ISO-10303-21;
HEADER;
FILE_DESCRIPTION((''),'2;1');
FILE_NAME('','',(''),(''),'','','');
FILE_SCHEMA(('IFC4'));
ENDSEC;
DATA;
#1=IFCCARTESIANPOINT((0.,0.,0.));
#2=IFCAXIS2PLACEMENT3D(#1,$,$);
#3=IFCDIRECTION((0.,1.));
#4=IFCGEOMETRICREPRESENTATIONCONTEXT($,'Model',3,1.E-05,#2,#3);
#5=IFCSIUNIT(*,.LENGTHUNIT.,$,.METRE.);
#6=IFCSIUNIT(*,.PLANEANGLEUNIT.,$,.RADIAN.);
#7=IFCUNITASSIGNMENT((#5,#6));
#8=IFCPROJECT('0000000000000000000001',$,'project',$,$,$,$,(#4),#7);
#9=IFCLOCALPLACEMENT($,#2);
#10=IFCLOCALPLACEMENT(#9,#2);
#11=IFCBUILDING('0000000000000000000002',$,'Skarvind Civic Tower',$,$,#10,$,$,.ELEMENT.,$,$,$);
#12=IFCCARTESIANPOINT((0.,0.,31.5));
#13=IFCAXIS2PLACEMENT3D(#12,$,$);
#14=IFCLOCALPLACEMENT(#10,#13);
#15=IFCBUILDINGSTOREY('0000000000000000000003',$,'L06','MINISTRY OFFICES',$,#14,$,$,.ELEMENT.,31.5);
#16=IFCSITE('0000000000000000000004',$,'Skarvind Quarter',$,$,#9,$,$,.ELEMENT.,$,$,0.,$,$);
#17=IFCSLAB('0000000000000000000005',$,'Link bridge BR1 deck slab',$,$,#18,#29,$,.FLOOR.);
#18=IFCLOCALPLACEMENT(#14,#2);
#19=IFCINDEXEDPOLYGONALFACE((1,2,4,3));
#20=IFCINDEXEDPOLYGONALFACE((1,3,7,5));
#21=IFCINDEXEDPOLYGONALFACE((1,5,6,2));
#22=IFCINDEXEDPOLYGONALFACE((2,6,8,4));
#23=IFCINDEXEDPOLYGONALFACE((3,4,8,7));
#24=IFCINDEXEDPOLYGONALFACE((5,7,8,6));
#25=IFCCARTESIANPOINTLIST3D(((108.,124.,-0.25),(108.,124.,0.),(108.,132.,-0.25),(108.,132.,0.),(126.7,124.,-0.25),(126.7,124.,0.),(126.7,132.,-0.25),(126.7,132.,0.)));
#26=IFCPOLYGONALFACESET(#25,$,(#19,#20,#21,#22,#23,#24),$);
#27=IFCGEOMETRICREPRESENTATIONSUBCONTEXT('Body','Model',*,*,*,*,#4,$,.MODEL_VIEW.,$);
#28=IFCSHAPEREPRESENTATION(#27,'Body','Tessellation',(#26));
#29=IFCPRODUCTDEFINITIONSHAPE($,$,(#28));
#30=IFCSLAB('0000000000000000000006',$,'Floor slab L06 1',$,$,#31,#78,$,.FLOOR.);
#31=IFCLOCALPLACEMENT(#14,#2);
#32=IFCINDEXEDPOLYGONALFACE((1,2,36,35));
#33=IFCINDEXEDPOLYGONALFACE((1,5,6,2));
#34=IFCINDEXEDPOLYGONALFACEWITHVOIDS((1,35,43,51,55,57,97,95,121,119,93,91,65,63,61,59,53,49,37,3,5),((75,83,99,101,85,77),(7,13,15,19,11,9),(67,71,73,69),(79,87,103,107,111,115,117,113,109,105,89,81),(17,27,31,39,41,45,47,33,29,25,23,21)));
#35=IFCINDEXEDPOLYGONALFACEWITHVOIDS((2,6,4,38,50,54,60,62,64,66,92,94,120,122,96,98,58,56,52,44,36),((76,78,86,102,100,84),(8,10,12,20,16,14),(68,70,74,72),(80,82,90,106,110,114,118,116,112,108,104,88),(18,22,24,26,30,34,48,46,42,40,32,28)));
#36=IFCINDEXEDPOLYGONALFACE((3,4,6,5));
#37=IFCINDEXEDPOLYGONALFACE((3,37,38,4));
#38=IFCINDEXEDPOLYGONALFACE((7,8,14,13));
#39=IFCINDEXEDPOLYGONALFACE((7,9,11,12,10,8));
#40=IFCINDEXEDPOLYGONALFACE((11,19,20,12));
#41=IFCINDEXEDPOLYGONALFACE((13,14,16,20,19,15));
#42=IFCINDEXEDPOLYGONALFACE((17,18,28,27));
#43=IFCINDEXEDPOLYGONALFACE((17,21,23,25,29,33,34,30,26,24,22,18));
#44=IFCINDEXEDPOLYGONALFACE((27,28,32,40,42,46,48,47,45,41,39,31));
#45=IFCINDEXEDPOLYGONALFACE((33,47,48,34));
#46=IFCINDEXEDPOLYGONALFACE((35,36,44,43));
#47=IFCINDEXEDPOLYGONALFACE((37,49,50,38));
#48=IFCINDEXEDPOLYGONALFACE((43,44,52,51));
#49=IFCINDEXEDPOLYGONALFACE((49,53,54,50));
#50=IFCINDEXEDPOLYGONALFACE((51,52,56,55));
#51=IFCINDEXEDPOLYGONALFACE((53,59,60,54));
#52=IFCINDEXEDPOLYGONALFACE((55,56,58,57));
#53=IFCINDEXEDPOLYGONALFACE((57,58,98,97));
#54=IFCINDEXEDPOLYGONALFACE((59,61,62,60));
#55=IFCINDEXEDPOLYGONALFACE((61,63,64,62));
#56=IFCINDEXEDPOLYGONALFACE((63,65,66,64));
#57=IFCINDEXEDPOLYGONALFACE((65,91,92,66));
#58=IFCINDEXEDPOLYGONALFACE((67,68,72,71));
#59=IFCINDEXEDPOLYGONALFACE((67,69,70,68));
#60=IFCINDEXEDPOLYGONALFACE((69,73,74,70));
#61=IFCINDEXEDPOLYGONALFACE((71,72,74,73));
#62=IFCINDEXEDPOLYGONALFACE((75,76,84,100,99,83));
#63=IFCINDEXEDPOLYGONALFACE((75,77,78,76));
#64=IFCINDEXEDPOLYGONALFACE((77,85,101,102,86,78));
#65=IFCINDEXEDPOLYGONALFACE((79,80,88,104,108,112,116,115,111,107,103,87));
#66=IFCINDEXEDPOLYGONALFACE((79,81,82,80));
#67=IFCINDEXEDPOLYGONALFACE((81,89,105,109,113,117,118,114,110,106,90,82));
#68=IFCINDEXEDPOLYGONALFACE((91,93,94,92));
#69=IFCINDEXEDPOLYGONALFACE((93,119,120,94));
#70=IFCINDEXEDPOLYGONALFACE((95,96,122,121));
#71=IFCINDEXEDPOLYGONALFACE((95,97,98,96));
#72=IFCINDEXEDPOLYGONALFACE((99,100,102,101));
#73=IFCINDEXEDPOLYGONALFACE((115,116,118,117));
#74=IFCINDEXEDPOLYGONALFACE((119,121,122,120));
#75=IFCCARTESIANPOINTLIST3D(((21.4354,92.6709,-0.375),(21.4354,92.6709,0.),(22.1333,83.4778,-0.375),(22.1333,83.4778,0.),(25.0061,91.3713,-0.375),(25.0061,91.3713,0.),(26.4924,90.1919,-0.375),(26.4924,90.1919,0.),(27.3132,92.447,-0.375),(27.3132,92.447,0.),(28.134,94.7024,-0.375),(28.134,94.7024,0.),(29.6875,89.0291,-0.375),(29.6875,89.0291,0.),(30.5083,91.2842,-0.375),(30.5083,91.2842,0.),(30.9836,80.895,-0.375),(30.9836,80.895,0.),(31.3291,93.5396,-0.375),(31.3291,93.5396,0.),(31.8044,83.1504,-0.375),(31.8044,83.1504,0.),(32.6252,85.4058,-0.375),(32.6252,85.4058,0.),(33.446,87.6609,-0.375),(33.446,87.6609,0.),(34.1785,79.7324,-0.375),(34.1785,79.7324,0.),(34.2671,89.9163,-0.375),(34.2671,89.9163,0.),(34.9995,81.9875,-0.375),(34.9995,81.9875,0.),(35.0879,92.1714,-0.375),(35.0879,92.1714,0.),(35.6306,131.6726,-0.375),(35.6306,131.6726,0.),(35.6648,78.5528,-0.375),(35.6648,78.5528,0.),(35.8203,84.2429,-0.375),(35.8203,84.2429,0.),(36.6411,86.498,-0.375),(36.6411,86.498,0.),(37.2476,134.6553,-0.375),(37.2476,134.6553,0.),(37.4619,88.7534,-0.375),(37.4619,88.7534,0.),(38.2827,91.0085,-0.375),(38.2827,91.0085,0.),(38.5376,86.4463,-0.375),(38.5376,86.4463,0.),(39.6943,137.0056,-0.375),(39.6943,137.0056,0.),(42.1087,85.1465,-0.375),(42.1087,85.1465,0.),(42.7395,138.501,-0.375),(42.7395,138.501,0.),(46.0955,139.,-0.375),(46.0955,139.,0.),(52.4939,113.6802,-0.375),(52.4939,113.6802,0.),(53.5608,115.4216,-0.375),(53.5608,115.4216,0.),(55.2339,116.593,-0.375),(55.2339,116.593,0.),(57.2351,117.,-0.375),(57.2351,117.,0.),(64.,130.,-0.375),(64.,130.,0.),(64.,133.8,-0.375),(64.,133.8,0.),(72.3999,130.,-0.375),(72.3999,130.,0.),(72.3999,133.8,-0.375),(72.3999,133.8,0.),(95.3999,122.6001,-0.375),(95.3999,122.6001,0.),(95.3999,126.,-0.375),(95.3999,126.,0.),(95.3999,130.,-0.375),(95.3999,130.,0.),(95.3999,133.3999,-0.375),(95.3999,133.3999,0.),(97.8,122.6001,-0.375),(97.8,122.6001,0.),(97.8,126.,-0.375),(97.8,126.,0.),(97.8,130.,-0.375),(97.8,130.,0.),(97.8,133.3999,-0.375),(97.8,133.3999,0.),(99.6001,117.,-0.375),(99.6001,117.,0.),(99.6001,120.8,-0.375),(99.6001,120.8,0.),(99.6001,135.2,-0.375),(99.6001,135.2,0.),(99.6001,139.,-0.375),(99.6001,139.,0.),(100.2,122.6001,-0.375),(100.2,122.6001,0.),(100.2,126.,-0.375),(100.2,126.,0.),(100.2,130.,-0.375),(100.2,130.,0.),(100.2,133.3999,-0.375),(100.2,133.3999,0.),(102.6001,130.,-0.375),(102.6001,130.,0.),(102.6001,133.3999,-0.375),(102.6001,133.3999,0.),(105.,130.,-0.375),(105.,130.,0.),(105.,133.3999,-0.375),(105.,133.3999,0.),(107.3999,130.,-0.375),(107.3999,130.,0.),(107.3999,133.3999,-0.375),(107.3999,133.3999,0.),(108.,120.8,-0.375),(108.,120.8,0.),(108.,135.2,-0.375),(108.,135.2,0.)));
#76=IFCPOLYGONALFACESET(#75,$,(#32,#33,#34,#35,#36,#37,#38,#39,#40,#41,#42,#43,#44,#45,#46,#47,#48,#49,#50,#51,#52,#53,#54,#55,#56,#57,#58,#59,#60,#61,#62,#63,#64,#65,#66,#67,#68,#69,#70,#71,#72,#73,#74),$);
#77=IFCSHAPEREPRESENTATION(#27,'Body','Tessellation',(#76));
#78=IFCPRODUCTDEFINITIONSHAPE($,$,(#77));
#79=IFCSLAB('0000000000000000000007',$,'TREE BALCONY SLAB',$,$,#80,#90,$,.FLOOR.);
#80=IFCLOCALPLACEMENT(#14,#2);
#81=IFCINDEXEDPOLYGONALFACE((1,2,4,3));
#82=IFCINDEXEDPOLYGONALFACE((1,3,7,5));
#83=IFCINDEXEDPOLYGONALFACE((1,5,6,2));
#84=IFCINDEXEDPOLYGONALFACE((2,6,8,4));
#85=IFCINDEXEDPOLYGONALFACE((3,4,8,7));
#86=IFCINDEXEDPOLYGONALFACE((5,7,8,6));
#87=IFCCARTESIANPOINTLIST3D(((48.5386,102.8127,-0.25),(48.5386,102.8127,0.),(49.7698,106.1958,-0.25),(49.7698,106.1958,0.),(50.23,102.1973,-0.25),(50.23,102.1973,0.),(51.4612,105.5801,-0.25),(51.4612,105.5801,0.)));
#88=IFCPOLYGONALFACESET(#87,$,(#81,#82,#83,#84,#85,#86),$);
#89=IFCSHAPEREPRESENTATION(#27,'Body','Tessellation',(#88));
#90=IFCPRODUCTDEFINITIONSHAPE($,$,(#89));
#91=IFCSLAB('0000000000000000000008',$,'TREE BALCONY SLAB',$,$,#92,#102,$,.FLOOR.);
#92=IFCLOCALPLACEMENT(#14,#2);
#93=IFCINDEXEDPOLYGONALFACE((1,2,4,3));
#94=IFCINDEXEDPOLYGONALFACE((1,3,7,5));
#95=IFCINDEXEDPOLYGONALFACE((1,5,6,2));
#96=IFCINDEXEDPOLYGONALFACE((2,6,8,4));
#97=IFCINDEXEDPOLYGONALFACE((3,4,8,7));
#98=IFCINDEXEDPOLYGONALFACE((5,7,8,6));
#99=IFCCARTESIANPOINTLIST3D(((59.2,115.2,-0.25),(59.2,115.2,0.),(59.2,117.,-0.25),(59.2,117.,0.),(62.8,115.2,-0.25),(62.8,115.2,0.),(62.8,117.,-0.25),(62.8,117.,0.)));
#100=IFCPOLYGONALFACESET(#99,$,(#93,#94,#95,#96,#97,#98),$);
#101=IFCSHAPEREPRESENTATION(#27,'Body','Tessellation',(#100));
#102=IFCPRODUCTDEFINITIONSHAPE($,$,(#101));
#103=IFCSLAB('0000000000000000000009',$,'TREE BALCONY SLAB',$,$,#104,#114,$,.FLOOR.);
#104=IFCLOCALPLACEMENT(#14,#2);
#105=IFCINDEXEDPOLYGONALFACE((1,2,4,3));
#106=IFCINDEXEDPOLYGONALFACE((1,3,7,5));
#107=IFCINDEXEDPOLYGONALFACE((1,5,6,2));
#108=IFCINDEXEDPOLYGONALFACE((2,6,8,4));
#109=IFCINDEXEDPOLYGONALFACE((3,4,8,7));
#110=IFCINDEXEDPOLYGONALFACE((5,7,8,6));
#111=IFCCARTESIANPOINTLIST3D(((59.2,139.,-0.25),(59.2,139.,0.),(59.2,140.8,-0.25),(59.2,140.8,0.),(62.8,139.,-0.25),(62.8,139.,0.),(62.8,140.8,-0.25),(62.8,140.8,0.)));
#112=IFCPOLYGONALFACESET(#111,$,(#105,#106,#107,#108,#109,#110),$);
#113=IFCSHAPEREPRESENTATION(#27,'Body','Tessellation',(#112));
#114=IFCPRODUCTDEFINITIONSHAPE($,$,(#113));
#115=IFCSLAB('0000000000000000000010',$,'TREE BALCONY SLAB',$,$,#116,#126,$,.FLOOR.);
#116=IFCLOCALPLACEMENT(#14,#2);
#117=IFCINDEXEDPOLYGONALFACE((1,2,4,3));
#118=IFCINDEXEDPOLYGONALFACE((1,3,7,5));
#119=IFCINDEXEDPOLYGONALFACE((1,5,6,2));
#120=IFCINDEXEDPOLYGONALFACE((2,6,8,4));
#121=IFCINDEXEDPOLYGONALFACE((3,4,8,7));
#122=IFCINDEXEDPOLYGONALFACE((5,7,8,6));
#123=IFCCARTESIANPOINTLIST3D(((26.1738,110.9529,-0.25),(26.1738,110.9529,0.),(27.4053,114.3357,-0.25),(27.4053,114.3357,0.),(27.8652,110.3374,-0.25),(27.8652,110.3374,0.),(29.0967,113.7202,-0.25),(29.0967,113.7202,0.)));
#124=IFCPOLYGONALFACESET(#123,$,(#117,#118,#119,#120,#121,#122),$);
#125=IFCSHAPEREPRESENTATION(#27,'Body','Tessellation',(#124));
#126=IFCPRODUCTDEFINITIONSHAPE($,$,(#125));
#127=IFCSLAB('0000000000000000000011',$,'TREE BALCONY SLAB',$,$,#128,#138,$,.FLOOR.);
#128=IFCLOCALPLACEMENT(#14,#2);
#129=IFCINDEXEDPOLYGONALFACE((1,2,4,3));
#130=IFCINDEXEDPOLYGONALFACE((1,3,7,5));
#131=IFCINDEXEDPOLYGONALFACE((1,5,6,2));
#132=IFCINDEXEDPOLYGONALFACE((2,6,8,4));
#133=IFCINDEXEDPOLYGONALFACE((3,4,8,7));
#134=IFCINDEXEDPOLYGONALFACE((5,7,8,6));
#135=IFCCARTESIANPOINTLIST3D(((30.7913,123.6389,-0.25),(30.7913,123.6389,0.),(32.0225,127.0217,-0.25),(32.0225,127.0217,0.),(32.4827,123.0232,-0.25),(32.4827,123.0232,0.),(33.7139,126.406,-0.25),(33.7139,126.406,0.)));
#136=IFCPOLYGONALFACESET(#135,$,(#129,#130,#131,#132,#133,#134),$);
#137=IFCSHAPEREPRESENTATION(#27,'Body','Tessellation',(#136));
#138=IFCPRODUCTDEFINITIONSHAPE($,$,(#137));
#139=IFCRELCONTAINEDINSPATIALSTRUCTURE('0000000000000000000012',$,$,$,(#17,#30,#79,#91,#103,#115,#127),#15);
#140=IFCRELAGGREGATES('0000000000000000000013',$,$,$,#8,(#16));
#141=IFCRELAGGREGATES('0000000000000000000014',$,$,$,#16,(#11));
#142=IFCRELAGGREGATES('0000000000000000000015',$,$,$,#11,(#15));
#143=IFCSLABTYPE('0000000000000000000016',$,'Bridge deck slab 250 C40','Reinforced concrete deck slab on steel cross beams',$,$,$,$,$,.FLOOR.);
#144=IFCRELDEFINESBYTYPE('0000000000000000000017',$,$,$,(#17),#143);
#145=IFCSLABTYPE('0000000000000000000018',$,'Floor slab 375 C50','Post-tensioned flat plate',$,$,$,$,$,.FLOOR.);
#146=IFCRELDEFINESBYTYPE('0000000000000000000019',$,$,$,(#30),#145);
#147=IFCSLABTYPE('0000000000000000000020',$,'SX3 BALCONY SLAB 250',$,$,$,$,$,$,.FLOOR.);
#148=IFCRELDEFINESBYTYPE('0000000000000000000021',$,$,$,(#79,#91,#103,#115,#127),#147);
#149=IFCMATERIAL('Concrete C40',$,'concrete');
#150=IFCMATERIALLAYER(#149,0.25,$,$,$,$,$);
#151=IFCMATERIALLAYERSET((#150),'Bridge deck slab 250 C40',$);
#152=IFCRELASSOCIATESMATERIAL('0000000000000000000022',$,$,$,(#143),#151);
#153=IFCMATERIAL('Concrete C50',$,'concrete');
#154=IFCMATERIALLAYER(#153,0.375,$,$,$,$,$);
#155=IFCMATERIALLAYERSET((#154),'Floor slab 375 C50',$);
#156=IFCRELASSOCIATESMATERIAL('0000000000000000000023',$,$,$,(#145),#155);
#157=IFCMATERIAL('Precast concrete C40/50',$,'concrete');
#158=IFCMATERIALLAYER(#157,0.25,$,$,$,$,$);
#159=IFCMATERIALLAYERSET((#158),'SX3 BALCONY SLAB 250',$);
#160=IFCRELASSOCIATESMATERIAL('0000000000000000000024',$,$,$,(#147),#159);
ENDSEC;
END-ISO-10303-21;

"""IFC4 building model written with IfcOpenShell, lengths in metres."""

from ifc_helpers import new_model, si_unit, direction, frame, origin, place, context, subcontext, project, spatial, polyline, outline, extrude, material, layer, layer_set, type_object, element, save


model = new_model("IFC4")

# Units and contexts
model_context = context("Model", 3, precision=1e-05, world=origin(), true_north=direction((0.0, 1.0)))
body_context = subcontext(model_context, "Body", "Model", "MODEL_VIEW")
ifc_project = project(units=[si_unit("LENGTHUNIT", "METRE"), si_unit("PLANEANGLEUNIT", "RADIAN")], contexts=[model_context])

# Site, building, storey
site_placement = place(None, origin())
site = spatial("IfcSite", under=ifc_project, at=site_placement, Name="Skarvind Quarter", CompositionType="ELEMENT", RefElevation=0.0)
building_placement = place(site_placement, origin())
building = spatial("IfcBuilding", under=site, at=building_placement, Name="Skarvind Civic Tower", CompositionType="ELEMENT")
storey_placement = place(building_placement, frame((0.0, 0.0, 31.5)))
storey = spatial("IfcBuildingStorey", under=building, at=storey_placement, Name="L06", Description="MINISTRY OFFICES", CompositionType="ELEMENT", Elevation=31.5)

# Slabs
ifc_material_1 = material(Name="Concrete C40", Category="concrete")
ifc_layer_1 = layer(ifc_material_1, 0.25)
ifc_layer_set_1 = layer_set([ifc_layer_1], Name="Bridge deck slab 250 C40")
slab_type_1 = type_object("IfcSlabType", Name="Bridge deck slab 250 C40", Description="Reinforced concrete deck slab on steel cross beams", PredefinedType="FLOOR", material=ifc_layer_set_1)
slab_1_placement = place(storey_placement, frame((0.0, 0.0, -0.25)))
element("IfcSlab", 1, at=slab_1_placement, inside=storey, type_object=slab_type_1, Name="Link bridge BR1 deck slab", PredefinedType="FLOOR", context=body_context, shape_type="SweptSolid", body=[
    extrude(outline(polyline([(108.0, 124.0), (126.7, 124.0), (126.7, 132.0), (108.0, 132.0), (108.0, 124.0)])), origin(), (0.0, 0.0, 1.0), 0.25),
])
ifc_material_2 = material(Name="Concrete C50", Category="concrete")
ifc_layer_2 = layer(ifc_material_2, 0.375)
ifc_layer_set_2 = layer_set([ifc_layer_2], Name="Floor slab 375 C50")
slab_type_2 = type_object("IfcSlabType", Name="Floor slab 375 C50", Description="Post-tensioned flat plate", PredefinedType="FLOOR", material=ifc_layer_set_2)
slab_2_placement = place(storey_placement, frame((0.0, 0.0, -0.375)))
element("IfcSlab", 2, at=slab_2_placement, inside=storey, type_object=slab_type_2, Name="Floor slab L06 1", PredefinedType="FLOOR", context=body_context, shape_type="SweptSolid", body=[
    extrude(outline(polyline([(99.6001, 117.0), (99.6001, 120.8), (108.0, 120.8), (108.0, 135.2), (99.6001, 135.2), (99.6001, 139.0), (46.0955, 139.0), (42.7395, 138.501), (39.6943, 137.0056), (37.2476, 134.6553), (35.6306, 131.6726), (19.4175, 87.1267), (21.4353, 92.6709), (25.0061, 91.3713), (22.1333, 83.4778), (36.8865, 78.1082), (35.6648, 78.5527), (38.5376, 86.4463), (42.1086, 85.1465), (40.0908, 79.6023), (40.0908, 79.6023), (52.4939, 113.6802), (53.5608, 115.4216), (55.2339, 116.593), (57.2351, 117.0), (99.6001, 117.0)]), holes=[polyline([(32.6252, 85.4058), (33.446, 87.6609), (34.2671, 89.9163), (35.0879, 92.1714), (38.2827, 91.0085), (37.4619, 88.7534), (36.6411, 86.498), (35.8203, 84.2429), (35.8203, 84.2429), (34.9995, 81.9875), (34.1785, 79.7324), (30.9836, 80.895), (31.8044, 83.1504), (32.6252, 85.4058), (32.6252, 85.4058)]), polyline([(31.3291, 93.5396), (30.5083, 91.2842), (29.6875, 89.0291), (26.4924, 90.1919), (27.3132, 92.447), (28.134, 94.7024), (31.3291, 93.5396)]), polyline([(64.0, 130.0), (64.0, 133.8), (72.3999, 133.8), (72.3999, 130.0), (64.0, 130.0)]), polyline([(100.2, 126.0), (100.2, 122.6001), (97.8, 122.6001), (95.3999, 122.6001), (95.3999, 126.0), (97.8, 126.0), (100.2, 126.0)]), polyline([(100.2, 133.3999), (102.6001, 133.3999), (105.0, 133.3999), (107.3999, 133.3999), (107.3999, 130.0), (105.0, 130.0), (102.6001, 130.0), (100.2, 130.0), (97.8, 130.0), (95.3999, 130.0), (95.3999, 133.3999), (97.8, 133.3999), (100.2, 133.3999)])]), origin(), (0.0, 0.0, 1.0), 0.375),
])
ifc_material_3 = material(Name="Precast concrete C40/50", Category="concrete")
ifc_layer_3 = layer(ifc_material_3, 0.25)
ifc_layer_set_3 = layer_set([ifc_layer_3], Name="SX3 BALCONY SLAB 250")
slab_type_3 = type_object("IfcSlabType", Name="SX3 BALCONY SLAB 250", PredefinedType="FLOOR", material=ifc_layer_set_3)
slab_3_placement = place(storey_placement, frame((0.0, 0.0, -0.25)))
element("IfcSlab", 3, at=slab_3_placement, inside=storey, type_object=slab_type_3, Name="TREE BALCONY SLAB", PredefinedType="FLOOR", context=body_context, shape_type="SweptSolid", body=[
    extrude(outline(polyline([(49.7698, 106.1958), (48.5386, 102.8127), (50.23, 102.1973), (51.4612, 105.5801), (49.7698, 106.1958)])), origin(), (0.0, 0.0, 1.0), 0.25),
])
slab_4_placement = place(storey_placement, frame((0.0, 0.0, -0.25)))
element("IfcSlab", 4, at=slab_4_placement, inside=storey, type_object=slab_type_3, Name="TREE BALCONY SLAB", PredefinedType="FLOOR", context=body_context, shape_type="SweptSolid", body=[
    extrude(outline(polyline([(62.8, 117.0), (59.2, 117.0), (59.2, 115.2), (62.8, 115.2), (62.8, 117.0)])), origin(), (0.0, 0.0, 1.0), 0.25),
])
slab_5_placement = place(storey_placement, frame((0.0, 0.0, -0.25)))
element("IfcSlab", 5, at=slab_5_placement, inside=storey, type_object=slab_type_3, Name="TREE BALCONY SLAB", PredefinedType="FLOOR", context=body_context, shape_type="SweptSolid", body=[
    extrude(outline(polyline([(59.2, 139.0), (62.8, 139.0), (62.8, 140.8), (59.2, 140.8), (59.2, 139.0)])), origin(), (0.0, 0.0, 1.0), 0.25),
])
slab_6_placement = place(storey_placement, frame((0.0, 0.0, -0.25)))
element("IfcSlab", 6, at=slab_6_placement, inside=storey, type_object=slab_type_3, Name="TREE BALCONY SLAB", PredefinedType="FLOOR", context=body_context, shape_type="SweptSolid", body=[
    extrude(outline(polyline([(27.8652, 110.3374), (29.0967, 113.7202), (27.4053, 114.3357), (26.1738, 110.9529), (27.8652, 110.3374)])), origin(), (0.0, 0.0, 1.0), 0.25),
])
slab_7_placement = place(storey_placement, frame((0.0, 0.0, -0.25)))
element("IfcSlab", 7, at=slab_7_placement, inside=storey, type_object=slab_type_3, Name="TREE BALCONY SLAB", PredefinedType="FLOOR", context=body_context, shape_type="SweptSolid", body=[
    extrude(outline(polyline([(32.4827, 123.0232), (33.7139, 126.406), (32.0225, 127.0217), (30.7913, 123.6389), (32.4827, 123.0232)])), origin(), (0.0, 0.0, 1.0), 0.25),
])

save(model, "model.ifc")
